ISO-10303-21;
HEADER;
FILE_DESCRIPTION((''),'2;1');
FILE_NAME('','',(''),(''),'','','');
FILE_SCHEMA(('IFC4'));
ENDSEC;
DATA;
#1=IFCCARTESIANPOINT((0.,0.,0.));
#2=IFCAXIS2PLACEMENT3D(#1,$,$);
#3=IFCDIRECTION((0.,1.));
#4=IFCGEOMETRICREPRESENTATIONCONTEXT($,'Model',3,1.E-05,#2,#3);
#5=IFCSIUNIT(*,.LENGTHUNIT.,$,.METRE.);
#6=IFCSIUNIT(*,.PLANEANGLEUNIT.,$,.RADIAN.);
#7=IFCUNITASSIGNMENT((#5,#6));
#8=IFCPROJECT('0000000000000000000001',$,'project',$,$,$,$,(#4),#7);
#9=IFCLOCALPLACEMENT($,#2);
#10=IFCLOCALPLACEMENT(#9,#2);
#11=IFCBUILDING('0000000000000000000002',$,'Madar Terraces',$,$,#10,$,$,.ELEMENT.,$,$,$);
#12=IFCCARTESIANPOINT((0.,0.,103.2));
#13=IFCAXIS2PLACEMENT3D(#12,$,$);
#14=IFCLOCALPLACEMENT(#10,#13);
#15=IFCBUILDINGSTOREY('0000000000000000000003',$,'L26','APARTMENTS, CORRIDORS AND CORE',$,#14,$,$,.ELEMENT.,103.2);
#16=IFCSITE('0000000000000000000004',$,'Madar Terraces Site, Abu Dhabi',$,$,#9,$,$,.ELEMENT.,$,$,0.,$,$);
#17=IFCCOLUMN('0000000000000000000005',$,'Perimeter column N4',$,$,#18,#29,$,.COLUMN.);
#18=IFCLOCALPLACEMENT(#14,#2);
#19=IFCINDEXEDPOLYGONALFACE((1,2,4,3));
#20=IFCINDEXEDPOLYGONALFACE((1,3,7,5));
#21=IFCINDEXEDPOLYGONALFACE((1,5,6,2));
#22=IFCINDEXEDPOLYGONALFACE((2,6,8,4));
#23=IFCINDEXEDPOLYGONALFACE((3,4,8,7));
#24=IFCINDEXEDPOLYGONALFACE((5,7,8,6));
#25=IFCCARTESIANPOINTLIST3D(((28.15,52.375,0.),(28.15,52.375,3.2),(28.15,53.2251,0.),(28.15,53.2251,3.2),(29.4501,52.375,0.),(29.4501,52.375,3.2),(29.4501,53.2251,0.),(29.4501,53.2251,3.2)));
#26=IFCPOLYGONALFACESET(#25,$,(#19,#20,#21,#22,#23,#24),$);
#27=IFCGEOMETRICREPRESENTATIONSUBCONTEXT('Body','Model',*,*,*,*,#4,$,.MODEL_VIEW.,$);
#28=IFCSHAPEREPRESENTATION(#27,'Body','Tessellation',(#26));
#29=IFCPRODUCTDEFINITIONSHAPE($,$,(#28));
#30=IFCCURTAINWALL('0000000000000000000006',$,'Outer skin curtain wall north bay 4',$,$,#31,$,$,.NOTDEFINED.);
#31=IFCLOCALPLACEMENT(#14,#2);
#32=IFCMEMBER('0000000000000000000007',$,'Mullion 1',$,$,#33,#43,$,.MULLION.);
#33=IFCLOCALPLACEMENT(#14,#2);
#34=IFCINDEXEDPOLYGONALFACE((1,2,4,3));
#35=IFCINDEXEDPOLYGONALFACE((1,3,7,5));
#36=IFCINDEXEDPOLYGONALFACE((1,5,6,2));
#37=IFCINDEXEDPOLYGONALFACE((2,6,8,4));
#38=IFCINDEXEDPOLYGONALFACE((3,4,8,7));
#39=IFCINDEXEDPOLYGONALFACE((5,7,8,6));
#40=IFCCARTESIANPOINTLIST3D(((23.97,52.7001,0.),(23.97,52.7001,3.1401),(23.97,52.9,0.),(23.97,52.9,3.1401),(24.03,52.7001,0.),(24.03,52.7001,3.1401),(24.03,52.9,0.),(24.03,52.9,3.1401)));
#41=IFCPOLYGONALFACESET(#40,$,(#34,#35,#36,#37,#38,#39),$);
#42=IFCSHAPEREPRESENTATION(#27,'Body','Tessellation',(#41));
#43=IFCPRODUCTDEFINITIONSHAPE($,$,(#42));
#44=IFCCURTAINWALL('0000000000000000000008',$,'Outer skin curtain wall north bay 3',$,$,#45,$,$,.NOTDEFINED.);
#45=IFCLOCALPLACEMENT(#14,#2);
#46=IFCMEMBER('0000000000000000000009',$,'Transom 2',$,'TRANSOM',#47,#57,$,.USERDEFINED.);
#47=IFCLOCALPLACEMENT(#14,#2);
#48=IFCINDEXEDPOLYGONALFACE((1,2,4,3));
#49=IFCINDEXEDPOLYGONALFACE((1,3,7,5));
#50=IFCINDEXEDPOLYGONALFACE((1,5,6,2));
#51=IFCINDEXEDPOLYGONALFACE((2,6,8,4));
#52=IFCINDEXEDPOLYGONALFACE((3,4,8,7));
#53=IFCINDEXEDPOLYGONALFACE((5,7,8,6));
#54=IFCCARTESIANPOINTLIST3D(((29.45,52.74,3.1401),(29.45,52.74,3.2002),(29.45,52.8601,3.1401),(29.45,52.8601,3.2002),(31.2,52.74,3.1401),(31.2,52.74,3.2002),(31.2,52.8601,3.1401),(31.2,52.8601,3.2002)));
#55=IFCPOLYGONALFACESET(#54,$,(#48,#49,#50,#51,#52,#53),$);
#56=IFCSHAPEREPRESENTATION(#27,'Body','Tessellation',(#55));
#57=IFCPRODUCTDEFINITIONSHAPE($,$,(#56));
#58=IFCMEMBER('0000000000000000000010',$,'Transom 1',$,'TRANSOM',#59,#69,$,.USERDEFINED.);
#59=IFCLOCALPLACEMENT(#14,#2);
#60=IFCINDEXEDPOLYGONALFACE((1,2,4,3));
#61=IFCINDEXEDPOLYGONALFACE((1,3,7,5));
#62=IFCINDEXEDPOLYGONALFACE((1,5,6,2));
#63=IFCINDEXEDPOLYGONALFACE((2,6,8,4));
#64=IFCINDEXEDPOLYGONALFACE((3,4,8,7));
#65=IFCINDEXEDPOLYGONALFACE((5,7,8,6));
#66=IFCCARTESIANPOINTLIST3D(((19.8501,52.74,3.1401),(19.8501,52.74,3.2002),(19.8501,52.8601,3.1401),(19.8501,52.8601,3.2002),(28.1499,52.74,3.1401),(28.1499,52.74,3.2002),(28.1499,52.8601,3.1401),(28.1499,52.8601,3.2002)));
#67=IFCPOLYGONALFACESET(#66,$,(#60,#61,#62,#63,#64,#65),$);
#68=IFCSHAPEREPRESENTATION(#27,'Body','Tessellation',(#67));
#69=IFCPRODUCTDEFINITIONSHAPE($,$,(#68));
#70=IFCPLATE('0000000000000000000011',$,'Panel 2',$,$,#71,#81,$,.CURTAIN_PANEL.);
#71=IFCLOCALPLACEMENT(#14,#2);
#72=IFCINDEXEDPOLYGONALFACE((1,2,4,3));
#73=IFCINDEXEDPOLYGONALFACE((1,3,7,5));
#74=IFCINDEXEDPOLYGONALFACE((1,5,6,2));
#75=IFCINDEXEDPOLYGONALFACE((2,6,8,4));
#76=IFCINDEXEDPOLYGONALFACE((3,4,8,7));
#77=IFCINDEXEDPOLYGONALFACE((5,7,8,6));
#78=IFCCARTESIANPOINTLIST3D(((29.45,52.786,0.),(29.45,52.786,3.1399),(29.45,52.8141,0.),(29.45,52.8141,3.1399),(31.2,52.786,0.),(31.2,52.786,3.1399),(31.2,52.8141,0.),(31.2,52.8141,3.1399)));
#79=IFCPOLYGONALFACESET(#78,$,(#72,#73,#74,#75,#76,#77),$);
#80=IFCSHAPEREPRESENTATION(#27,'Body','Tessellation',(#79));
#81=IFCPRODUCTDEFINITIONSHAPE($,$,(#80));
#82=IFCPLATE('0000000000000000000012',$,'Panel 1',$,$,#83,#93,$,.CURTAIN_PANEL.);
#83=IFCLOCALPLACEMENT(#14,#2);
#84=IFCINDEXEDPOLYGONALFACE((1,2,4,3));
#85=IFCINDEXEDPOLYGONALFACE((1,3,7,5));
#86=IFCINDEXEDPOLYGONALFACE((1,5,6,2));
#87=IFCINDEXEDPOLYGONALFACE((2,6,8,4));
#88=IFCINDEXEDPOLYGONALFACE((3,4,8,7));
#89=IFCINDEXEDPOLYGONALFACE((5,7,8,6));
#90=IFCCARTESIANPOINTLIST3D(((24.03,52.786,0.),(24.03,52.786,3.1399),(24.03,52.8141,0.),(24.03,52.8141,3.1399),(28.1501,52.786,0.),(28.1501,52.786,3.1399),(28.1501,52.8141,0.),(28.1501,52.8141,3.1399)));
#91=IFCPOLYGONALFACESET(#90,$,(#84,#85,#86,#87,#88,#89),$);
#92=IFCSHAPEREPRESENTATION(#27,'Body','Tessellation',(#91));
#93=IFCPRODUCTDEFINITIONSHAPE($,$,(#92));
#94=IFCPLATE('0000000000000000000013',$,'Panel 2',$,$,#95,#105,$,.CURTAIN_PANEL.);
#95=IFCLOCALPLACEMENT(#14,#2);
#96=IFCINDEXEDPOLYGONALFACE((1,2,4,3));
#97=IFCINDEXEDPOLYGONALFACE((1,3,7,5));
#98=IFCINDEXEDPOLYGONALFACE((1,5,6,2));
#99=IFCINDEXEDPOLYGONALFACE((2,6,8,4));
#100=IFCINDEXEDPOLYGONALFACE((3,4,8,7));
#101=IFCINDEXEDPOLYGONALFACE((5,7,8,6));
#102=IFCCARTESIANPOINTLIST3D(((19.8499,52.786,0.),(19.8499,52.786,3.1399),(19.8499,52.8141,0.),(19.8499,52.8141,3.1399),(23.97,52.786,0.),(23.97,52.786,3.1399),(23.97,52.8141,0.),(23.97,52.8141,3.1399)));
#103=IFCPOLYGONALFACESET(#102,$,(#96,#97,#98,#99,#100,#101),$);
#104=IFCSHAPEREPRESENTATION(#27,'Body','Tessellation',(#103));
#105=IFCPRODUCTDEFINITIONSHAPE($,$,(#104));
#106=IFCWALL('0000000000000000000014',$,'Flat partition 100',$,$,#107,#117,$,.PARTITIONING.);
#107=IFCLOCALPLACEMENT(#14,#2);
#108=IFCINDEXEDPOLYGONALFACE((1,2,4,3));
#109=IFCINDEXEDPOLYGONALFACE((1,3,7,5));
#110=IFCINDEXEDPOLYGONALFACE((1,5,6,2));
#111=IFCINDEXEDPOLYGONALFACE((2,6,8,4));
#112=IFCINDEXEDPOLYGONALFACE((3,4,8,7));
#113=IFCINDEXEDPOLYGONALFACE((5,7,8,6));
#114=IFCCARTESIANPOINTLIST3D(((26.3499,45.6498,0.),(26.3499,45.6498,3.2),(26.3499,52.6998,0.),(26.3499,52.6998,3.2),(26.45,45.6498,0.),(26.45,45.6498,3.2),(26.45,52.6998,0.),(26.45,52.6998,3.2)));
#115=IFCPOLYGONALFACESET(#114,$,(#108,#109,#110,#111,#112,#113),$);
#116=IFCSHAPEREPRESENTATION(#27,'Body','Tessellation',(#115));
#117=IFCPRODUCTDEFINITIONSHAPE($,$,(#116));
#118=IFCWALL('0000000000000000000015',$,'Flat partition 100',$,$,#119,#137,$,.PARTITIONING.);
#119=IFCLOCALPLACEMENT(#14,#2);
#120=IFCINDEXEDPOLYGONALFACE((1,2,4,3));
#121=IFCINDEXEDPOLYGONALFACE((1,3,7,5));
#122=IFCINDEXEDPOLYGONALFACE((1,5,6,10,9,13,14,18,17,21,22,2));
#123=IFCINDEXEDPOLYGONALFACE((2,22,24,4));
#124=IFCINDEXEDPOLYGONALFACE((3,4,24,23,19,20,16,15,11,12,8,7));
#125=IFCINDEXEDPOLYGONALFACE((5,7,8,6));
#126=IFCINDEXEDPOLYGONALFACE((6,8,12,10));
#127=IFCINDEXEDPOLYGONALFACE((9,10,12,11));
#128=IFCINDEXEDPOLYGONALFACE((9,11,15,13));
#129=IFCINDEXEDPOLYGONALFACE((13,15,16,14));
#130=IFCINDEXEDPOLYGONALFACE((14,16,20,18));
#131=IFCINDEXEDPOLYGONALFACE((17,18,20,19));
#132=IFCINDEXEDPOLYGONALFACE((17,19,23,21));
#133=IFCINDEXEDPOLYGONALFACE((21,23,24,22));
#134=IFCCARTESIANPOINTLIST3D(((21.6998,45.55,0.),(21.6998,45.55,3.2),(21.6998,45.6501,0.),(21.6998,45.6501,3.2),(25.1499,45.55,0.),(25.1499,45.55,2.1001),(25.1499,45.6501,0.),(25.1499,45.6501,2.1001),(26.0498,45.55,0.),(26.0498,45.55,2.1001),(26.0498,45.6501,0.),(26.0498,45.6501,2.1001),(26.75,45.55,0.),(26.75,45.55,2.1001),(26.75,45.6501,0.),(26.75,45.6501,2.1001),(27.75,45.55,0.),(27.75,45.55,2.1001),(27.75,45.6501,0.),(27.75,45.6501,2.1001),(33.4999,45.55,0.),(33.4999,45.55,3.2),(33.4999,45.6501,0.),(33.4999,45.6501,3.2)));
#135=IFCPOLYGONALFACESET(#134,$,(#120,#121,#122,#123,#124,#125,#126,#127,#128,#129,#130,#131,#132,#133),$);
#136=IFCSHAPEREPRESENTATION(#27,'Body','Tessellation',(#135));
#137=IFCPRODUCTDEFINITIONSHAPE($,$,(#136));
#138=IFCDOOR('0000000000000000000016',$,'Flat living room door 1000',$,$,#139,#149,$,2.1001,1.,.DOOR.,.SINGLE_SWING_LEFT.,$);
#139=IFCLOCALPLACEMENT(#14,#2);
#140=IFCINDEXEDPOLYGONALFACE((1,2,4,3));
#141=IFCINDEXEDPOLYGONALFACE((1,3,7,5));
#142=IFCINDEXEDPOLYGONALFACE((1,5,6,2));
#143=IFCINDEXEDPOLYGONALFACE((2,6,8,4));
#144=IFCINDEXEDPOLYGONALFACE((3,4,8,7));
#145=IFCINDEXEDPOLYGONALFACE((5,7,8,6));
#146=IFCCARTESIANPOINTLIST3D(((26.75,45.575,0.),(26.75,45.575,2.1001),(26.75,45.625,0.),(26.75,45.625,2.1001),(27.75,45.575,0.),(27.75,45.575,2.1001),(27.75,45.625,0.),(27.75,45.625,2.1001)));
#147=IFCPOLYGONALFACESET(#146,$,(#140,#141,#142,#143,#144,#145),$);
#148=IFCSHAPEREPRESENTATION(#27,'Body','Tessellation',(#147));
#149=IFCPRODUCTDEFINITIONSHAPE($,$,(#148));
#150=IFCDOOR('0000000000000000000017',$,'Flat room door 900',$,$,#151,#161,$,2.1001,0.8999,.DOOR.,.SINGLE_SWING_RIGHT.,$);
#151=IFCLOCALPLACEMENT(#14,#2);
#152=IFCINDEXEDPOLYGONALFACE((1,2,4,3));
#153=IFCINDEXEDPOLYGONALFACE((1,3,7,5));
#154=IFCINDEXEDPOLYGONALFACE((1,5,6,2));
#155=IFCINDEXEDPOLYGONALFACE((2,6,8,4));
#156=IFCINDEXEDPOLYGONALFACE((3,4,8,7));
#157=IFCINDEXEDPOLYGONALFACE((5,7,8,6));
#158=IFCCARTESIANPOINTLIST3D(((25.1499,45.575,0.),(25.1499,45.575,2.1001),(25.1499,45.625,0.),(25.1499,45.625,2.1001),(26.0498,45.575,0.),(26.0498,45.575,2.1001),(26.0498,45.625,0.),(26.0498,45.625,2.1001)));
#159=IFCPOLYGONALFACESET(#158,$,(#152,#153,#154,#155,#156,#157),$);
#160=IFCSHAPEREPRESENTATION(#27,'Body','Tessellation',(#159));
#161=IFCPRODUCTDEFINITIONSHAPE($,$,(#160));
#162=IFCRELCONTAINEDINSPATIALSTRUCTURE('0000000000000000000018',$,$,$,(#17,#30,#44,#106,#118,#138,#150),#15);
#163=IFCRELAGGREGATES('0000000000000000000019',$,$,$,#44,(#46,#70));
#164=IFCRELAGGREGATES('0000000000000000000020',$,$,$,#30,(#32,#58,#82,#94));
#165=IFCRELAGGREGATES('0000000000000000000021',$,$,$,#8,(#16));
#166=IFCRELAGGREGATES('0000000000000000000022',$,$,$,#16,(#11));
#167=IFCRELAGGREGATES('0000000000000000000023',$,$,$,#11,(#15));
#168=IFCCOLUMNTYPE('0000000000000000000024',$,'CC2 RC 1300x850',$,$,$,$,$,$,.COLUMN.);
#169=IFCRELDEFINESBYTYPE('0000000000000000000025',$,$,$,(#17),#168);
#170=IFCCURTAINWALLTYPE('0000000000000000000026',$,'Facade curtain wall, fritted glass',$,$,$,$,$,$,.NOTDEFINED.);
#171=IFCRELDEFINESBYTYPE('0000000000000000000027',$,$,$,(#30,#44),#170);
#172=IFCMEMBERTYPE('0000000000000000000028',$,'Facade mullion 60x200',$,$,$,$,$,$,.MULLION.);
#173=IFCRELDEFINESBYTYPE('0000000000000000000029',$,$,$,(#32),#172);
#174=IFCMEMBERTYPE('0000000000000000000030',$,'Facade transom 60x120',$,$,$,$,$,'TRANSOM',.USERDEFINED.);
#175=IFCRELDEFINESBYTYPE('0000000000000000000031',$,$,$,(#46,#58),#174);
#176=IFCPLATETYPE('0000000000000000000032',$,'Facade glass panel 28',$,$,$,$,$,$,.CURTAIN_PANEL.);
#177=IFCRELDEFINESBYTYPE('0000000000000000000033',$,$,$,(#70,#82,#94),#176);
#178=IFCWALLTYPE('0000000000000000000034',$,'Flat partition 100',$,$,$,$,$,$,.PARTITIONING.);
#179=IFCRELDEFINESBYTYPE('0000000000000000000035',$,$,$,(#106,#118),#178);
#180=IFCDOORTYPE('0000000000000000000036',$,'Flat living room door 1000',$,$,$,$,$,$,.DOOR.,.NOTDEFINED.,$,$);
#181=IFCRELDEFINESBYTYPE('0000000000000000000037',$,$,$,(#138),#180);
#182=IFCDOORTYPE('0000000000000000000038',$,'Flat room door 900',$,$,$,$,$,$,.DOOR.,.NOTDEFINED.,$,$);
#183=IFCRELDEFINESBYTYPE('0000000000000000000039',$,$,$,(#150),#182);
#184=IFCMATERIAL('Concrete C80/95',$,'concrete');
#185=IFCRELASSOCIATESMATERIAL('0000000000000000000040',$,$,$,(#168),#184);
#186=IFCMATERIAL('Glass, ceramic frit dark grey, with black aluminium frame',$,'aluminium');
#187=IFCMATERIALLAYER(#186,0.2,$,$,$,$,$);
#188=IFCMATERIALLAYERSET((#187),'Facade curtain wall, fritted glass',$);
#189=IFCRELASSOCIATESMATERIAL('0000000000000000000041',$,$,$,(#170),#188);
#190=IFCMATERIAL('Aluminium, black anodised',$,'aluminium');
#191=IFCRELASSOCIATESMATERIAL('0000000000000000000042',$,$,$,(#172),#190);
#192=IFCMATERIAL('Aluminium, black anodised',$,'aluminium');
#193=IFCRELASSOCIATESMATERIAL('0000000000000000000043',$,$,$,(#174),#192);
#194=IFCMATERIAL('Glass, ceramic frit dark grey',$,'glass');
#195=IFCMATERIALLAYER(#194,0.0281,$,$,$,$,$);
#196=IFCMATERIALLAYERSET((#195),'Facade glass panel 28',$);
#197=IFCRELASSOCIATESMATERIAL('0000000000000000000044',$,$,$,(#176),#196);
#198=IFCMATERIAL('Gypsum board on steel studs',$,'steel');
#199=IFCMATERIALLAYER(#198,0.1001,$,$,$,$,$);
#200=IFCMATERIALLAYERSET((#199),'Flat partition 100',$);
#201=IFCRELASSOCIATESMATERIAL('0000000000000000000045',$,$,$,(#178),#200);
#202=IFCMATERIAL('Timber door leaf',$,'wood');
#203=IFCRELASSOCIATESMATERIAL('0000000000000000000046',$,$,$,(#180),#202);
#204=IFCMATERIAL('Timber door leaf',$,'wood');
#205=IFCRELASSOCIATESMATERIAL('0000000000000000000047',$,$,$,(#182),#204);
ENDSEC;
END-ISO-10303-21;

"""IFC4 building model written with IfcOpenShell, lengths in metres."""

from ifc_helpers import new_model, si_unit, direction, frame, frame_2d, origin, origin_2d, place, context, subcontext, project, spatial, rectangle, extrude, material, layer, layer_set, material_profile, profile_set, type_object, element, fill, aggregate, save


model = new_model("IFC4")

# Units and contexts
model_context = context("Model", 3, precision=1e-05, world=origin(), true_north=direction((0.0, 1.0)))
body_context = subcontext(model_context, "Body", "Model", "MODEL_VIEW")
ifc_project = project(units=[si_unit("LENGTHUNIT", "METRE"), si_unit("PLANEANGLEUNIT", "RADIAN")], contexts=[model_context])

# Site, building, storey
site_placement = place(None, origin())
site = spatial("IfcSite", under=ifc_project, at=site_placement, Name="Madar Terraces Site, Abu Dhabi", CompositionType="ELEMENT", RefElevation=0.0)
building_placement = place(site_placement, origin())
building = spatial("IfcBuilding", under=site, at=building_placement, Name="Madar Terraces", CompositionType="ELEMENT")
storey_placement = place(building_placement, frame((0.0, 0.0, 103.2)))
storey = spatial("IfcBuildingStorey", under=building, at=storey_placement, Name="L26", Description="APARTMENTS, CORRIDORS AND CORE", CompositionType="ELEMENT", Elevation=103.2)

# Column
ifc_material_1 = material(Name="Concrete C80/95", Category="concrete")
ifc_material_profile_1 = material_profile(ifc_material_1, rectangle(XDim=1.3, YDim=0.8501, at=origin_2d()), Name="CC2 RC 1300x850")
ifc_profile_set_1 = profile_set([ifc_material_profile_1], Name="Concrete C80/95")
column_type = type_object("IfcColumnType", Name="CC2 RC 1300x850", PredefinedType="COLUMN", material=ifc_profile_set_1)
column_placement = place(storey_placement, frame((28.8, 52.8, 0.0), z_axis=(0.0, 0.0, 1.0), x_axis=(1.0, 0.0, 0.0)))
element("IfcColumn", 1, at=column_placement, inside=storey, type_object=column_type, Name="Perimeter column N4", PredefinedType="COLUMN", context=body_context, shape_type="SweptSolid", body=[
    extrude(rectangle(XDim=1.3, YDim=0.8501, at=origin_2d()), origin(), (0.0, 0.0, 1.0), 3.2),
])

# Curtain walls, members
ifc_material_2 = material(Name="Glass, ceramic frit dark grey, with black aluminium frame", Category="aluminium")
ifc_layer_1 = layer(ifc_material_2, 0.2)
ifc_layer_set_1 = layer_set([ifc_layer_1], Name="Facade curtain wall, fritted glass")
curtain_wall_type = type_object("IfcCurtainWallType", Name="Facade curtain wall, fritted glass", PredefinedType="NOTDEFINED", material=ifc_layer_set_1)
curtain_wall_1_placement = place(storey_placement, origin())
curtain_wall_1 = element("IfcCurtainWall", 2, at=curtain_wall_1_placement, inside=storey, type_object=curtain_wall_type, Name="Outer skin curtain wall north bay 4", PredefinedType="NOTDEFINED")
ifc_material_3 = material(Name="Aluminium, black anodised", Category="aluminium")
ifc_material_profile_2 = material_profile(ifc_material_3, rectangle(XDim=0.2, YDim=0.0601, at=origin_2d()), Name="Facade mullion 60x200")
ifc_profile_set_2 = profile_set([ifc_material_profile_2], Name="Aluminium, black anodised")
member_type_1 = type_object("IfcMemberType", Name="Facade mullion 60x200", PredefinedType="MULLION", material=ifc_profile_set_2)
member_1_placement = place(storey_placement, frame((24.0, 52.8, 0.0), z_axis=(0.0, 0.0, 1.0), x_axis=(0.0, -1.0, 0.0)))
member_1 = element("IfcMember", 3, at=member_1_placement, type_object=member_type_1, Name="Mullion 1", PredefinedType="MULLION", context=body_context, shape_type="SweptSolid", body=[
    extrude(rectangle(XDim=0.2, YDim=0.0601, at=origin_2d()), origin(), (0.0, 0.0, 1.0), 3.1401),
])
curtain_wall_2_placement = place(storey_placement, origin())
curtain_wall_2 = element("IfcCurtainWall", 4, at=curtain_wall_2_placement, inside=storey, type_object=curtain_wall_type, Name="Outer skin curtain wall north bay 3", PredefinedType="NOTDEFINED")
ifc_material_4 = material(Name="Aluminium, black anodised", Category="aluminium")
ifc_material_profile_3 = material_profile(ifc_material_4, rectangle(XDim=0.1201, YDim=0.0601, at=origin_2d()), Name="Facade transom 60x120")
ifc_profile_set_3 = profile_set([ifc_material_profile_3], Name="Aluminium, black anodised")
member_type_2 = type_object("IfcMemberType", Name="Facade transom 60x120", ElementType="TRANSOM", PredefinedType="USERDEFINED", material=ifc_profile_set_3)
member_2_placement = place(storey_placement, frame((31.2, 52.8, 3.1702), z_axis=(-1.0, 0.0, 0.0), x_axis=(0.0, -1.0, 0.0)))
member_2 = element("IfcMember", 5, at=member_2_placement, type_object=member_type_2, Name="Transom 2", ObjectType="TRANSOM", PredefinedType="USERDEFINED", context=body_context, shape_type="SweptSolid", body=[
    extrude(rectangle(XDim=0.1201, YDim=0.0601, at=origin_2d()), origin(), (0.0, 0.0, 1.0), 1.75),
])

# Member
member_3_placement = place(storey_placement, frame((28.1499, 52.8, 3.1702), z_axis=(-1.0, 0.0, 0.0), x_axis=(0.0, -1.0, 0.0)))
member_3 = element("IfcMember", 6, at=member_3_placement, type_object=member_type_2, Name="Transom 1", ObjectType="TRANSOM", PredefinedType="USERDEFINED", context=body_context, shape_type="SweptSolid", body=[
    extrude(rectangle(XDim=0.1201, YDim=0.0601, at=origin_2d()), origin(), (0.0, 0.0, 1.0), 8.2998),
])

# Plates
ifc_material_5 = material(Name="Glass, ceramic frit dark grey", Category="glass")
ifc_layer_2 = layer(ifc_material_5, 0.0281)
ifc_layer_set_2 = layer_set([ifc_layer_2], Name="Facade glass panel 28")
plate_type = type_object("IfcPlateType", Name="Facade glass panel 28", PredefinedType="CURTAIN_PANEL", material=ifc_layer_set_2)
plate_1_placement = place(storey_placement, frame((30.325, 52.8, 0.0), z_axis=(0.0, 0.0, 1.0), x_axis=(-1.0, 0.0, 0.0)))
plate_1 = element("IfcPlate", 7, at=plate_1_placement, type_object=plate_type, Name="Panel 2", PredefinedType="CURTAIN_PANEL", context=body_context, shape_type="SweptSolid", body=[
    extrude(rectangle(XDim=1.75, YDim=0.0281, at=origin_2d()), origin(), (0.0, 0.0, 1.0), 3.1399),
])
aggregate(curtain_wall_2, [member_2, plate_1])
plate_2_placement = place(storey_placement, frame((26.0901, 52.8, 0.0), z_axis=(0.0, 0.0, 1.0), x_axis=(-1.0, 0.0, 0.0)))
plate_2 = element("IfcPlate", 8, at=plate_2_placement, type_object=plate_type, Name="Panel 1", PredefinedType="CURTAIN_PANEL", context=body_context, shape_type="SweptSolid", body=[
    extrude(rectangle(XDim=4.1201, YDim=0.0281, at=origin_2d()), origin(), (0.0, 0.0, 1.0), 3.1399),
])
plate_3_placement = place(storey_placement, frame((21.9099, 52.8, 0.0), z_axis=(0.0, 0.0, 1.0), x_axis=(-1.0, 0.0, 0.0)))
plate_3 = element("IfcPlate", 9, at=plate_3_placement, type_object=plate_type, Name="Panel 2", PredefinedType="CURTAIN_PANEL", context=body_context, shape_type="SweptSolid", body=[
    extrude(rectangle(XDim=4.1201, YDim=0.0281, at=origin_2d()), origin(), (0.0, 0.0, 1.0), 3.1399),
])
aggregate(curtain_wall_1, [member_1, member_3, plate_2, plate_3])

# Wall
ifc_material_6 = material(Name="Gypsum board on steel studs", Category="steel")
ifc_layer_3 = layer(ifc_material_6, 0.1001)
ifc_layer_set_3 = layer_set([ifc_layer_3], Name="Flat partition 100")
wall_type_1 = type_object("IfcWallType", Name="Flat partition 100", PredefinedType="PARTITIONING", material=ifc_layer_set_3)
wall_1_placement = place(storey_placement, frame((26.3999, 45.6499, 0.0), z_axis=(0.0, 0.0, 1.0), x_axis=(0.0, 1.0, 0.0)))
element("IfcWall", 10, at=wall_1_placement, inside=storey, type_object=wall_type_1, Name="Flat partition 100", PredefinedType="PARTITIONING", context=body_context, shape_type="SweptSolid", body=[
    extrude(rectangle(XDim=7.05, YDim=0.1001, at=frame_2d((3.5249, 0.0))), origin(), (0.0, 0.0, 1.0), 3.2),
])

# Wall, openings, doors
wall_2_placement = place(storey_placement, frame((21.7, 45.6001, 0.0), z_axis=(0.0, 0.0, 1.0), x_axis=(1.0, 0.0, 0.0)))
wall_2 = element("IfcWall", 11, at=wall_2_placement, inside=storey, type_object=wall_type_1, Name="Flat partition 100", PredefinedType="PARTITIONING", context=body_context, shape_type="SweptSolid", body=[
    extrude(rectangle(XDim=11.8, YDim=0.1001, at=frame_2d((5.8999, 0.0))), origin(), (0.0, 0.0, 1.0), 3.2),
])
opening_1_placement = place(wall_2_placement, frame((5.05, 0.0, 0.0)))
opening_1 = element("IfcOpeningElement", 12, at=opening_1_placement, cuts=wall_2, PredefinedType="OPENING", context=body_context, shape_type="SweptSolid", body=[
    extrude(rectangle(XDim=1.0, YDim=2.1001, at=frame_2d((0.5, 1.05))), frame((0.0, 0.0601, 0.0), z_axis=(0.0, -1.0, 0.0), x_axis=(1.0, 0.0, 0.0)), (0.0, 0.0, 1.0), 0.1201),
])
opening_2_placement = place(wall_2_placement, frame((3.45, 0.0, 0.0)))
opening_2 = element("IfcOpeningElement", 13, at=opening_2_placement, cuts=wall_2, PredefinedType="OPENING", context=body_context, shape_type="SweptSolid", body=[
    extrude(rectangle(XDim=0.8999, YDim=2.1001, at=frame_2d((0.45, 1.05))), frame((0.0, 0.0601, 0.0), z_axis=(0.0, -1.0, 0.0), x_axis=(1.0, 0.0, 0.0)), (0.0, 0.0, 1.0), 0.1201),
])
ifc_material_7 = material(Name="Timber door leaf", Category="wood")
door_type_1 = type_object("IfcDoorType", Name="Flat living room door 1000", OperationType="NOTDEFINED", PredefinedType="DOOR", material=ifc_material_7)
door_1_placement = place(opening_1_placement, origin())
door_1 = element("IfcDoor", 14, at=door_1_placement, inside=storey, type_object=door_type_1, Name="Flat living room door 1000", OperationType="SINGLE_SWING_LEFT", OverallHeight=2.1001, OverallWidth=1.0, PredefinedType="DOOR", context=body_context, shape_type="SweptSolid", body=[
    extrude(rectangle(XDim=1.0, YDim=2.1001, at=frame_2d((0.5, 1.05))), frame((0.0, 0.0249, 0.0), z_axis=(0.0, -1.0, 0.0), x_axis=(1.0, 0.0, 0.0)), (0.0, 0.0, 1.0), 0.05),
])
fill(opening_1, door_1)
ifc_material_8 = material(Name="Timber door leaf", Category="wood")
door_type_2 = type_object("IfcDoorType", Name="Flat room door 900", OperationType="NOTDEFINED", PredefinedType="DOOR", material=ifc_material_8)
door_2_placement = place(opening_2_placement, origin())
door_2 = element("IfcDoor", 15, at=door_2_placement, inside=storey, type_object=door_type_2, Name="Flat room door 900", OperationType="SINGLE_SWING_RIGHT", OverallHeight=2.1001, OverallWidth=0.8999, PredefinedType="DOOR", context=body_context, shape_type="SweptSolid", body=[
    extrude(rectangle(XDim=0.8999, YDim=2.1001, at=frame_2d((0.45, 1.05))), frame((0.0, 0.0249, 0.0), z_axis=(0.0, -1.0, 0.0), x_axis=(1.0, 0.0, 0.0)), (0.0, 0.0, 1.0), 0.05),
])
fill(opening_2, door_2)

save(model, "model.ifc")
